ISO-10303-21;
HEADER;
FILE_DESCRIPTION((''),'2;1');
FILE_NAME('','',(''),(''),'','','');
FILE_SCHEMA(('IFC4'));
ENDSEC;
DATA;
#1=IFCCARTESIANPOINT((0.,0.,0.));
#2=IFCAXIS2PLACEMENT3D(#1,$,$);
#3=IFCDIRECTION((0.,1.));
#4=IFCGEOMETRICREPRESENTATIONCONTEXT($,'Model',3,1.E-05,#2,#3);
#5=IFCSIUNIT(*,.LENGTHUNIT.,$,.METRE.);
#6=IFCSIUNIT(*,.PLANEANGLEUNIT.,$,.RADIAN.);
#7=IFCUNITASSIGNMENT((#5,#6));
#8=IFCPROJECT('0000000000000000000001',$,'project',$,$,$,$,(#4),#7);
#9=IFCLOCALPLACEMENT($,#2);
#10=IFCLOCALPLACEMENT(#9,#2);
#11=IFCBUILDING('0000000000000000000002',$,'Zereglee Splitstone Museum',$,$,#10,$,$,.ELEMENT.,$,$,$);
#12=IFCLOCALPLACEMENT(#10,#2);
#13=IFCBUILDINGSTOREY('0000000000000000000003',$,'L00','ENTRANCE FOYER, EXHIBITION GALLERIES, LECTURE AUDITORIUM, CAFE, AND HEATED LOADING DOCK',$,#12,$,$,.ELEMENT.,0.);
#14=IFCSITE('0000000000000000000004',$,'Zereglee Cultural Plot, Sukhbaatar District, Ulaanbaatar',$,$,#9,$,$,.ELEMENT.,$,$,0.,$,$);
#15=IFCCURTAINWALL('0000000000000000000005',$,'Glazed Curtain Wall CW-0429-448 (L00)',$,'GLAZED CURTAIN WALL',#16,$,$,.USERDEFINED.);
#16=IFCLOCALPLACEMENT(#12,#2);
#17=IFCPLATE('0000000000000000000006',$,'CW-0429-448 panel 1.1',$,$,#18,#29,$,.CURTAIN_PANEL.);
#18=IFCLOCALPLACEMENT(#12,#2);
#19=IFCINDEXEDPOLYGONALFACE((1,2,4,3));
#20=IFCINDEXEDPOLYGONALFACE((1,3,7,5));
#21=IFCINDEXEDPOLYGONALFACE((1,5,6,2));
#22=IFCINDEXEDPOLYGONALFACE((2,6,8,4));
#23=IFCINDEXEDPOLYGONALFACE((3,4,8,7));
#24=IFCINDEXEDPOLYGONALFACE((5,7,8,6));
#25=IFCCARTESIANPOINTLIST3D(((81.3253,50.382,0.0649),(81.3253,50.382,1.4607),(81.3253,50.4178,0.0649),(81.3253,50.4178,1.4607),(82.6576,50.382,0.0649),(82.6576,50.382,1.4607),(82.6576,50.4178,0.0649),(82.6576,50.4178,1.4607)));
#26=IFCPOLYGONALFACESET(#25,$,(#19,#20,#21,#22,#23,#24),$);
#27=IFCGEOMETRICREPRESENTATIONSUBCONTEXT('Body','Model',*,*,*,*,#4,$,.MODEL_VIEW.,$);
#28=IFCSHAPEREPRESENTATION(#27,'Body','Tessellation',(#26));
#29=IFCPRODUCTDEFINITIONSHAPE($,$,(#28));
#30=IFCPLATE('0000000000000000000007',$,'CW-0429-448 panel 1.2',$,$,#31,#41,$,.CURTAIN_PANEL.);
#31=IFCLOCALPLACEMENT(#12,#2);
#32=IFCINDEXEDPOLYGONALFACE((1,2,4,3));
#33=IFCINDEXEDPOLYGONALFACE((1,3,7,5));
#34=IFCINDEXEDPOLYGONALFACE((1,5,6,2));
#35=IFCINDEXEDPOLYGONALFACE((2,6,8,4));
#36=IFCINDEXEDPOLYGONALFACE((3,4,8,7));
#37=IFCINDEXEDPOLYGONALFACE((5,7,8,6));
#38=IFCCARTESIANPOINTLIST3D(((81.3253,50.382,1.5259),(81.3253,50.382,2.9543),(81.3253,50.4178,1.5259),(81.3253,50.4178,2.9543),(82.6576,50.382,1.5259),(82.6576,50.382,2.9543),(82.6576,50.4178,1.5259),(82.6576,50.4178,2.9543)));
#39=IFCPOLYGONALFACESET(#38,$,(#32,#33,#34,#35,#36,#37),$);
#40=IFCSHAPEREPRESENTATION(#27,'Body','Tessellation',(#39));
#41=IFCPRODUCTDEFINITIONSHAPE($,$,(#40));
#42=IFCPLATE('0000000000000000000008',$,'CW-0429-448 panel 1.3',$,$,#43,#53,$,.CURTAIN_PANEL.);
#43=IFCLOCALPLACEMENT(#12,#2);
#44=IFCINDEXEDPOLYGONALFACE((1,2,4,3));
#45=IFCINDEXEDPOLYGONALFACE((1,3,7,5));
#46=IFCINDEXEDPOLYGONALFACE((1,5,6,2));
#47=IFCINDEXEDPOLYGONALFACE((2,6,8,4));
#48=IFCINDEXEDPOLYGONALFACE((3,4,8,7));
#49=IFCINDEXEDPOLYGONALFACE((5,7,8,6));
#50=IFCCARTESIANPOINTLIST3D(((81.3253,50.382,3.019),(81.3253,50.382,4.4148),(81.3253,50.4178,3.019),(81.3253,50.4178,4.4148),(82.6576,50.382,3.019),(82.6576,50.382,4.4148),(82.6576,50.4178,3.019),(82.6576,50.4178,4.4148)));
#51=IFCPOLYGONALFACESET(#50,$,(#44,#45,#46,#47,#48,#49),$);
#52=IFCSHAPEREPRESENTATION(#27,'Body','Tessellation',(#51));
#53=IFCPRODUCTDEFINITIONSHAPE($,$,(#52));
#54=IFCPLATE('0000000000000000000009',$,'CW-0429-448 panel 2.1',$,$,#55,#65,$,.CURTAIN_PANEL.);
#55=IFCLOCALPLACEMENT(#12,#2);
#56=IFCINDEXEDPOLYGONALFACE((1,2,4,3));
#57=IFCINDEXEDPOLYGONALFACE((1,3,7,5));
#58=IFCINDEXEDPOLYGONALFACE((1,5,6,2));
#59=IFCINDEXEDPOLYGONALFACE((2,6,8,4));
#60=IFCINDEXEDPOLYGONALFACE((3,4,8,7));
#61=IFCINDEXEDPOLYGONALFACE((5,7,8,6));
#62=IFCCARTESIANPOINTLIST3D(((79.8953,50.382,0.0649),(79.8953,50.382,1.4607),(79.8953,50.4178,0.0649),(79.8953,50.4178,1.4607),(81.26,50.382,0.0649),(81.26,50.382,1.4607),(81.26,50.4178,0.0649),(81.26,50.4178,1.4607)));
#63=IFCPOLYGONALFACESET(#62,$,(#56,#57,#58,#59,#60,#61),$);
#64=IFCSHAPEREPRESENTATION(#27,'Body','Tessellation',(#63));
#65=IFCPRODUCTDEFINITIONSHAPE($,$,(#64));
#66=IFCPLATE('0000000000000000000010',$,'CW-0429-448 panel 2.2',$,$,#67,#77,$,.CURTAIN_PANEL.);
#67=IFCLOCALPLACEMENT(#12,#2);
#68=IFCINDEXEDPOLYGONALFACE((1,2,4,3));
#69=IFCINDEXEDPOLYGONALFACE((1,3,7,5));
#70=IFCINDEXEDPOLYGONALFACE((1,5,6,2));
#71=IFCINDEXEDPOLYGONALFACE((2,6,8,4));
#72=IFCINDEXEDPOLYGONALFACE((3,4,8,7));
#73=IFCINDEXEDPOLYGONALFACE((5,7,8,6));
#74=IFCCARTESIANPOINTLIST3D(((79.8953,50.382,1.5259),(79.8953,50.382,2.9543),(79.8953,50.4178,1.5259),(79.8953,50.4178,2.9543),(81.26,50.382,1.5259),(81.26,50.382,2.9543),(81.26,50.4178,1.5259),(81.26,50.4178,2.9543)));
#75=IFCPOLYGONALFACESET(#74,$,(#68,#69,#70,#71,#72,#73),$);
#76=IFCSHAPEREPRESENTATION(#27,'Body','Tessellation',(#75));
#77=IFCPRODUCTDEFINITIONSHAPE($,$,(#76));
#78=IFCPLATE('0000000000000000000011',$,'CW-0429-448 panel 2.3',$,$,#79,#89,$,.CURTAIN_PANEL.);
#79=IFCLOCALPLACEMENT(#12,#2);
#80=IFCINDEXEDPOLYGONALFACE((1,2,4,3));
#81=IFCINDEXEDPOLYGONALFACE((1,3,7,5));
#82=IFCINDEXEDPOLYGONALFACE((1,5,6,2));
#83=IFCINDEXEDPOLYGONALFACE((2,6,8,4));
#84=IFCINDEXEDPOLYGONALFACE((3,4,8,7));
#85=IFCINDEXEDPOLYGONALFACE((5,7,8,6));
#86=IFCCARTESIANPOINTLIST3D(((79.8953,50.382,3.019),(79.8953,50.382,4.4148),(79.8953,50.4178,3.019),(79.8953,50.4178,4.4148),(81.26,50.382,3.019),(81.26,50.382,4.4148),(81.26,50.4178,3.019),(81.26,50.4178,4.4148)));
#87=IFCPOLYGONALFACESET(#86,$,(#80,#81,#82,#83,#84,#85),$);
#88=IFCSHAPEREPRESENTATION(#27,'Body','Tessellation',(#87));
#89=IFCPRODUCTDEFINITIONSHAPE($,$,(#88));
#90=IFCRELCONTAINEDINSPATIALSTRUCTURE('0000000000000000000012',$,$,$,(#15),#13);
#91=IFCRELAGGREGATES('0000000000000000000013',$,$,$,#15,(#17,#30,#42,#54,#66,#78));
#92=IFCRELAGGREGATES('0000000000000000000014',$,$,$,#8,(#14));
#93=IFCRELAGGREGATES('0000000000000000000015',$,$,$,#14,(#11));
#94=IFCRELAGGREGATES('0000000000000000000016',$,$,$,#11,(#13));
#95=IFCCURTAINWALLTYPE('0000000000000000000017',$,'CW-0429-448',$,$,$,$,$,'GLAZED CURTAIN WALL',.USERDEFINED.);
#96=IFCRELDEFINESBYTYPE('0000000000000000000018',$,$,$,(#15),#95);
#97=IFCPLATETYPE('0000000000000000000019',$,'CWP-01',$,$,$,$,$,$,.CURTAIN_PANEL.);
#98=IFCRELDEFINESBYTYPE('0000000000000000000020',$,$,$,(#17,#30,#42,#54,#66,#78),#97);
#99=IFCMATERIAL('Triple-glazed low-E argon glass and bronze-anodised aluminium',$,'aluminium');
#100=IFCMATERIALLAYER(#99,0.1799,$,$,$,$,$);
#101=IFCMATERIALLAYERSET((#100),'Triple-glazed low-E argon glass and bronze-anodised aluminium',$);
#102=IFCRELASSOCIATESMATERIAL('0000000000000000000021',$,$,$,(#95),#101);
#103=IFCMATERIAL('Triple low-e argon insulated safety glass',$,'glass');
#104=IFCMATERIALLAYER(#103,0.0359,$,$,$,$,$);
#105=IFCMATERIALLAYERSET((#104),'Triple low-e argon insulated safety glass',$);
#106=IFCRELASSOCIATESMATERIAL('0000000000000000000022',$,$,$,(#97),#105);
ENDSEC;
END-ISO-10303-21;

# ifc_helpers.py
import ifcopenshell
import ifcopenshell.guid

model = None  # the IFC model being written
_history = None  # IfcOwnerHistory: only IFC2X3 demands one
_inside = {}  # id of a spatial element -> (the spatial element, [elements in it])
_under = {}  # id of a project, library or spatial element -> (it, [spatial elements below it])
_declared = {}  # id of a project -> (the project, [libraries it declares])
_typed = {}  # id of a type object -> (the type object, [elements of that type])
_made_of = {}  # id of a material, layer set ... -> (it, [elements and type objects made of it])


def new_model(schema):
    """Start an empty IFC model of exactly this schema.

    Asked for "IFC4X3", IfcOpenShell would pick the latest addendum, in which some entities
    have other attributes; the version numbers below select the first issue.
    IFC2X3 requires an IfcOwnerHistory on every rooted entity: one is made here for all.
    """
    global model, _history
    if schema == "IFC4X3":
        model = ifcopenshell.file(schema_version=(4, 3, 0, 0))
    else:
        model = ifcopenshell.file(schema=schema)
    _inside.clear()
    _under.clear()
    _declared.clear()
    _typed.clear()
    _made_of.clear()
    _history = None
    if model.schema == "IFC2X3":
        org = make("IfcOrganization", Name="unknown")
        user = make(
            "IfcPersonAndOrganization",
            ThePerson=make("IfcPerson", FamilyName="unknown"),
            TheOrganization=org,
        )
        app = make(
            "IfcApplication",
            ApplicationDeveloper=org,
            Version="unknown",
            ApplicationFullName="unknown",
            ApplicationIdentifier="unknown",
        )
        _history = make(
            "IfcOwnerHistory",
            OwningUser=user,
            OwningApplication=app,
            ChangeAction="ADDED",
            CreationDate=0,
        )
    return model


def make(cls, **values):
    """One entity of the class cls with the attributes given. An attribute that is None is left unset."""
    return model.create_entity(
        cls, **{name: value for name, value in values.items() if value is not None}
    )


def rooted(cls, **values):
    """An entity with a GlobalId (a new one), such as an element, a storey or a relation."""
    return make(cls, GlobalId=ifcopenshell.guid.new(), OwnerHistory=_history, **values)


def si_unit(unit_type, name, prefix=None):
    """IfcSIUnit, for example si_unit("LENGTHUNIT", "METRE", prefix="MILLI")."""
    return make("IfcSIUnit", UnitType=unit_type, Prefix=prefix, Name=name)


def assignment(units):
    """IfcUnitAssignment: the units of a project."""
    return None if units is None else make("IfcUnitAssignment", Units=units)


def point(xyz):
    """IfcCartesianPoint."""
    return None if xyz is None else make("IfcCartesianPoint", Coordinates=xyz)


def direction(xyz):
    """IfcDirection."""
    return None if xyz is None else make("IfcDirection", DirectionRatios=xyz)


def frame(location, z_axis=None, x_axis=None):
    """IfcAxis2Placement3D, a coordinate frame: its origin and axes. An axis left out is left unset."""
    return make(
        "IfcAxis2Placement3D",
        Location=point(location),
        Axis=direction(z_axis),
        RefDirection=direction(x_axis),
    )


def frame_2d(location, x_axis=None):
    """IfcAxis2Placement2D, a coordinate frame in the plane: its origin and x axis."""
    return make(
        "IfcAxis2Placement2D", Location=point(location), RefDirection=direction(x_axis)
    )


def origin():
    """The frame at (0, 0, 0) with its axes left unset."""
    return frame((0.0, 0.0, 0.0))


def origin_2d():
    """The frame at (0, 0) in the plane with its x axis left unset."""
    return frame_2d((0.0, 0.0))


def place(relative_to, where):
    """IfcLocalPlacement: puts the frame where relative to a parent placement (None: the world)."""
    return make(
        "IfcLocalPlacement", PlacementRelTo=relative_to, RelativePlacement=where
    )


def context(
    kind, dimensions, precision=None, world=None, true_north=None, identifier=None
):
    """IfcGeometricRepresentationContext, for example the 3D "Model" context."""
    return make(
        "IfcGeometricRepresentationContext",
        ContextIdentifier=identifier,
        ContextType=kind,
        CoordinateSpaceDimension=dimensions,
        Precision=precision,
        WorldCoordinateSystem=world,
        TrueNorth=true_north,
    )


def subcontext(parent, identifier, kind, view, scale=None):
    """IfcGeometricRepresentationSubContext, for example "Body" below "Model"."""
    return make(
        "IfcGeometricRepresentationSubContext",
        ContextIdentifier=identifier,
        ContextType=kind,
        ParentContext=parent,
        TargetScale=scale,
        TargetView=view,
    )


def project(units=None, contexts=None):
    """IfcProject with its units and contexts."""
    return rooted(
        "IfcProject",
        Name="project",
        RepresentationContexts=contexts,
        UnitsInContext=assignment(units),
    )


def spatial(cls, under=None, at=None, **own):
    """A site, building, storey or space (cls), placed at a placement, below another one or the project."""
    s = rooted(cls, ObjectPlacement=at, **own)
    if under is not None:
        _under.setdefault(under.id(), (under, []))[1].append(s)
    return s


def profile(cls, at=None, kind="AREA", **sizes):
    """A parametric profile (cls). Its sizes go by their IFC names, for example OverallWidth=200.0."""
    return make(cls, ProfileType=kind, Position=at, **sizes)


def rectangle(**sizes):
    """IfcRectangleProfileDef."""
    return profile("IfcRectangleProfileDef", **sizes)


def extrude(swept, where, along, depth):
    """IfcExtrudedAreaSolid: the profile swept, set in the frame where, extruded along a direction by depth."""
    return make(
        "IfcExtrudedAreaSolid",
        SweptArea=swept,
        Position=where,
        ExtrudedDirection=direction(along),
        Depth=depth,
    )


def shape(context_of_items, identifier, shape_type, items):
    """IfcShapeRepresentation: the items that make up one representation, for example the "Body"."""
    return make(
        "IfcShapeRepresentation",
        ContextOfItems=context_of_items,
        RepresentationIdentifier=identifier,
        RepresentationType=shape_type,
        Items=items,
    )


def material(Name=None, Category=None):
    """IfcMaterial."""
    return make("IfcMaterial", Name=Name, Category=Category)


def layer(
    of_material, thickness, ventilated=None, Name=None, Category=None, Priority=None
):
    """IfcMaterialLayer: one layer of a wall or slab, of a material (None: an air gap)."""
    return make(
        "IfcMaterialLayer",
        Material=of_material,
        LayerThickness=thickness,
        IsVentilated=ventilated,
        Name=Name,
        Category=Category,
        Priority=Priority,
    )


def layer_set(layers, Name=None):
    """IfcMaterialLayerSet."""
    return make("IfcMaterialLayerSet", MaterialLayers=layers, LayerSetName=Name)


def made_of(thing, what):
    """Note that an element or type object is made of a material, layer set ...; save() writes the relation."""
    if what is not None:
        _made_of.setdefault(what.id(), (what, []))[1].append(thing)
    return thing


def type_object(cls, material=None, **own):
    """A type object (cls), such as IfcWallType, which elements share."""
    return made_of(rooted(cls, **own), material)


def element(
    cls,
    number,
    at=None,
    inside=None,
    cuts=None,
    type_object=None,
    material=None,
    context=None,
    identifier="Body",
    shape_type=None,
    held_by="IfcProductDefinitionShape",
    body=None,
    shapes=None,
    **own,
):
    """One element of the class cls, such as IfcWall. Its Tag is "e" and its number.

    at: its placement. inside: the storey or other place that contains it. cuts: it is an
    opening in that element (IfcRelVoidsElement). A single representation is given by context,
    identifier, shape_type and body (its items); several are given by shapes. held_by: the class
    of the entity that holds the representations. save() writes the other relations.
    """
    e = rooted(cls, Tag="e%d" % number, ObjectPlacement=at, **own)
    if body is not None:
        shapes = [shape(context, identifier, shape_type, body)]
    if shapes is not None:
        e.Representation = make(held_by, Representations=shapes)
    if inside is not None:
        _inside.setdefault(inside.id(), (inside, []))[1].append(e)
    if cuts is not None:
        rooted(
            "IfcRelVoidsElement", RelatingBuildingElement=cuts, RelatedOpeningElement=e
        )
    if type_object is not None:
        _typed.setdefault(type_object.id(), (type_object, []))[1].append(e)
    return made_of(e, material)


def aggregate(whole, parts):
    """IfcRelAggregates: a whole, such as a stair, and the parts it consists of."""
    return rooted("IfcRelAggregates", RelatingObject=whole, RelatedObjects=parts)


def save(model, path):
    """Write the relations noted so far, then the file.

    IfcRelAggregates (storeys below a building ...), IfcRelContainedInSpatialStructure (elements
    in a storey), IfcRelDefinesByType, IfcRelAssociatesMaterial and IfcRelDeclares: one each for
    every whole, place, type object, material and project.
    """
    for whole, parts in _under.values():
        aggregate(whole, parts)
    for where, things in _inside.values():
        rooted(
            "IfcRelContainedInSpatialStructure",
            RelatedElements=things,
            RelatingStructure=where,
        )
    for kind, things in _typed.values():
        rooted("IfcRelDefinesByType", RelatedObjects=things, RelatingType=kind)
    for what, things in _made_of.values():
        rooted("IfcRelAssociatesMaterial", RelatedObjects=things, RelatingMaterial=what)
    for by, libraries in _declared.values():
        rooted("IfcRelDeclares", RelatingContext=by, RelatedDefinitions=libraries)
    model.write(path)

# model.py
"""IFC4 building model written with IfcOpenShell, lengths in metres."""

from ifc_helpers import new_model, si_unit, direction, frame, origin, origin_2d, place, context, subcontext, project, spatial, rectangle, extrude, material, layer, layer_set, type_object, element, aggregate, save


model = new_model("IFC4")

# Units and contexts
model_context = context("Model", 3, precision=1e-05, world=origin(), true_north=direction((0.0, 1.0)))
body_context = subcontext(model_context, "Body", "Model", "MODEL_VIEW")
ifc_project = project(units=[si_unit("LENGTHUNIT", "METRE"), si_unit("PLANEANGLEUNIT", "RADIAN")], contexts=[model_context])

# Site, building, storey
site_placement = place(None, origin())
site = spatial("IfcSite", under=ifc_project, at=site_placement, Name="Zereglee Cultural Plot, Sukhbaatar District, Ulaanbaatar", CompositionType="ELEMENT", RefElevation=0.0)
building_placement = place(site_placement, origin())
building = spatial("IfcBuilding", under=site, at=building_placement, Name="Zereglee Splitstone Museum", CompositionType="ELEMENT")
storey_placement = place(building_placement, origin())
storey = spatial("IfcBuildingStorey", under=building, at=storey_placement, Name="L00", Description="ENTRANCE FOYER, EXHIBITION GALLERIES, LECTURE AUDITORIUM, CAFE, AND HEATED LOADING DOCK", CompositionType="ELEMENT", Elevation=0.0)

# Shared definitions
ifc_material_1 = material(Name="Triple-glazed low-E argon glass and bronze-anodised aluminium", Category="aluminium")

# Curtain wall
ifc_layer_1 = layer(ifc_material_1, 0.1799)
ifc_layer_set_1 = layer_set([ifc_layer_1], Name="Triple-glazed low-E argon glass and bronze-anodised aluminium")
curtain_wall_type_1 = type_object("IfcCurtainWallType", Name="CW-0429-448", ElementType="GLAZED CURTAIN WALL", PredefinedType="USERDEFINED", material=ifc_layer_set_1)
curtain_wall_1_placement = place(storey_placement, origin())
curtain_wall_1 = element("IfcCurtainWall", 1, at=curtain_wall_1_placement, inside=storey, type_object=curtain_wall_type_1, Name="Glazed Curtain Wall CW-0429-448 (L00)", ObjectType="GLAZED CURTAIN WALL", PredefinedType="USERDEFINED")

# Plates
ifc_material_2 = material(Name="Triple low-e argon insulated safety glass", Category="glass")
ifc_layer_2 = layer(ifc_material_2, 0.0359)
ifc_layer_set_2 = layer_set([ifc_layer_2], Name="Triple low-e argon insulated safety glass")
plate_type = type_object("IfcPlateType", Name="CWP-01", PredefinedType="CURTAIN_PANEL", material=ifc_layer_set_2)
plate_1_placement = place(storey_placement, frame((81.9915, 50.3999, 0.0649), z_axis=(0.0, 0.0, 1.0), x_axis=(-1.0, 0.0, 0.0)))
plate_1 = element("IfcPlate", 2, at=plate_1_placement, type_object=plate_type, Name="CW-0429-448 panel 1.1", PredefinedType="CURTAIN_PANEL", context=body_context, shape_type="SweptSolid", body=[
    extrude(rectangle(XDim=1.3323, YDim=0.0359, at=origin_2d()), origin(), (0.0, 0.0, 1.0), 1.3958),
])
plate_2_placement = place(storey_placement, frame((81.9915, 50.3999, 1.5259), z_axis=(0.0, 0.0, 1.0), x_axis=(-1.0, 0.0, 0.0)))
plate_2 = element("IfcPlate", 3, at=plate_2_placement, type_object=plate_type, Name="CW-0429-448 panel 1.2", PredefinedType="CURTAIN_PANEL", context=body_context, shape_type="SweptSolid", body=[
    extrude(rectangle(XDim=1.3323, YDim=0.0359, at=origin_2d()), origin(), (0.0, 0.0, 1.0), 1.4285),
])
plate_3_placement = place(storey_placement, frame((81.9915, 50.3999, 3.019), z_axis=(0.0, 0.0, 1.0), x_axis=(-1.0, 0.0, 0.0)))
plate_3 = element("IfcPlate", 4, at=plate_3_placement, type_object=plate_type, Name="CW-0429-448 panel 1.3", PredefinedType="CURTAIN_PANEL", context=body_context, shape_type="SweptSolid", body=[
    extrude(rectangle(XDim=1.3323, YDim=0.0359, at=origin_2d()), origin(), (0.0, 0.0, 1.0), 1.3958),
])
plate_4_placement = place(storey_placement, frame((80.5776, 50.3999, 0.0649), z_axis=(0.0, 0.0, 1.0), x_axis=(-1.0, 0.0, 0.0)))
plate_4 = element("IfcPlate", 5, at=plate_4_placement, type_object=plate_type, Name="CW-0429-448 panel 2.1", PredefinedType="CURTAIN_PANEL", context=body_context, shape_type="SweptSolid", body=[
    extrude(rectangle(XDim=1.3647, YDim=0.0359, at=origin_2d()), origin(), (0.0, 0.0, 1.0), 1.3958),
])
plate_5_placement = place(storey_placement, frame((80.5776, 50.3999, 1.5259), z_axis=(0.0, 0.0, 1.0), x_axis=(-1.0, 0.0, 0.0)))
plate_5 = element("IfcPlate", 6, at=plate_5_placement, type_object=plate_type, Name="CW-0429-448 panel 2.2", PredefinedType="CURTAIN_PANEL", context=body_context, shape_type="SweptSolid", body=[
    extrude(rectangle(XDim=1.3647, YDim=0.0359, at=origin_2d()), origin(), (0.0, 0.0, 1.0), 1.4285),
])
plate_6_placement = place(storey_placement, frame((80.5776, 50.3999, 3.019), z_axis=(0.0, 0.0, 1.0), x_axis=(-1.0, 0.0, 0.0)))
plate_6 = element("IfcPlate", 7, at=plate_6_placement, type_object=plate_type, Name="CW-0429-448 panel 2.3", PredefinedType="CURTAIN_PANEL", context=body_context, shape_type="SweptSolid", body=[
    extrude(rectangle(XDim=1.3647, YDim=0.0359, at=origin_2d()), origin(), (0.0, 0.0, 1.0), 1.3958),
])
aggregate(curtain_wall_1, [plate_1, plate_2, plate_3, plate_4, plate_5, plate_6])

save(model, "model.ifc")
